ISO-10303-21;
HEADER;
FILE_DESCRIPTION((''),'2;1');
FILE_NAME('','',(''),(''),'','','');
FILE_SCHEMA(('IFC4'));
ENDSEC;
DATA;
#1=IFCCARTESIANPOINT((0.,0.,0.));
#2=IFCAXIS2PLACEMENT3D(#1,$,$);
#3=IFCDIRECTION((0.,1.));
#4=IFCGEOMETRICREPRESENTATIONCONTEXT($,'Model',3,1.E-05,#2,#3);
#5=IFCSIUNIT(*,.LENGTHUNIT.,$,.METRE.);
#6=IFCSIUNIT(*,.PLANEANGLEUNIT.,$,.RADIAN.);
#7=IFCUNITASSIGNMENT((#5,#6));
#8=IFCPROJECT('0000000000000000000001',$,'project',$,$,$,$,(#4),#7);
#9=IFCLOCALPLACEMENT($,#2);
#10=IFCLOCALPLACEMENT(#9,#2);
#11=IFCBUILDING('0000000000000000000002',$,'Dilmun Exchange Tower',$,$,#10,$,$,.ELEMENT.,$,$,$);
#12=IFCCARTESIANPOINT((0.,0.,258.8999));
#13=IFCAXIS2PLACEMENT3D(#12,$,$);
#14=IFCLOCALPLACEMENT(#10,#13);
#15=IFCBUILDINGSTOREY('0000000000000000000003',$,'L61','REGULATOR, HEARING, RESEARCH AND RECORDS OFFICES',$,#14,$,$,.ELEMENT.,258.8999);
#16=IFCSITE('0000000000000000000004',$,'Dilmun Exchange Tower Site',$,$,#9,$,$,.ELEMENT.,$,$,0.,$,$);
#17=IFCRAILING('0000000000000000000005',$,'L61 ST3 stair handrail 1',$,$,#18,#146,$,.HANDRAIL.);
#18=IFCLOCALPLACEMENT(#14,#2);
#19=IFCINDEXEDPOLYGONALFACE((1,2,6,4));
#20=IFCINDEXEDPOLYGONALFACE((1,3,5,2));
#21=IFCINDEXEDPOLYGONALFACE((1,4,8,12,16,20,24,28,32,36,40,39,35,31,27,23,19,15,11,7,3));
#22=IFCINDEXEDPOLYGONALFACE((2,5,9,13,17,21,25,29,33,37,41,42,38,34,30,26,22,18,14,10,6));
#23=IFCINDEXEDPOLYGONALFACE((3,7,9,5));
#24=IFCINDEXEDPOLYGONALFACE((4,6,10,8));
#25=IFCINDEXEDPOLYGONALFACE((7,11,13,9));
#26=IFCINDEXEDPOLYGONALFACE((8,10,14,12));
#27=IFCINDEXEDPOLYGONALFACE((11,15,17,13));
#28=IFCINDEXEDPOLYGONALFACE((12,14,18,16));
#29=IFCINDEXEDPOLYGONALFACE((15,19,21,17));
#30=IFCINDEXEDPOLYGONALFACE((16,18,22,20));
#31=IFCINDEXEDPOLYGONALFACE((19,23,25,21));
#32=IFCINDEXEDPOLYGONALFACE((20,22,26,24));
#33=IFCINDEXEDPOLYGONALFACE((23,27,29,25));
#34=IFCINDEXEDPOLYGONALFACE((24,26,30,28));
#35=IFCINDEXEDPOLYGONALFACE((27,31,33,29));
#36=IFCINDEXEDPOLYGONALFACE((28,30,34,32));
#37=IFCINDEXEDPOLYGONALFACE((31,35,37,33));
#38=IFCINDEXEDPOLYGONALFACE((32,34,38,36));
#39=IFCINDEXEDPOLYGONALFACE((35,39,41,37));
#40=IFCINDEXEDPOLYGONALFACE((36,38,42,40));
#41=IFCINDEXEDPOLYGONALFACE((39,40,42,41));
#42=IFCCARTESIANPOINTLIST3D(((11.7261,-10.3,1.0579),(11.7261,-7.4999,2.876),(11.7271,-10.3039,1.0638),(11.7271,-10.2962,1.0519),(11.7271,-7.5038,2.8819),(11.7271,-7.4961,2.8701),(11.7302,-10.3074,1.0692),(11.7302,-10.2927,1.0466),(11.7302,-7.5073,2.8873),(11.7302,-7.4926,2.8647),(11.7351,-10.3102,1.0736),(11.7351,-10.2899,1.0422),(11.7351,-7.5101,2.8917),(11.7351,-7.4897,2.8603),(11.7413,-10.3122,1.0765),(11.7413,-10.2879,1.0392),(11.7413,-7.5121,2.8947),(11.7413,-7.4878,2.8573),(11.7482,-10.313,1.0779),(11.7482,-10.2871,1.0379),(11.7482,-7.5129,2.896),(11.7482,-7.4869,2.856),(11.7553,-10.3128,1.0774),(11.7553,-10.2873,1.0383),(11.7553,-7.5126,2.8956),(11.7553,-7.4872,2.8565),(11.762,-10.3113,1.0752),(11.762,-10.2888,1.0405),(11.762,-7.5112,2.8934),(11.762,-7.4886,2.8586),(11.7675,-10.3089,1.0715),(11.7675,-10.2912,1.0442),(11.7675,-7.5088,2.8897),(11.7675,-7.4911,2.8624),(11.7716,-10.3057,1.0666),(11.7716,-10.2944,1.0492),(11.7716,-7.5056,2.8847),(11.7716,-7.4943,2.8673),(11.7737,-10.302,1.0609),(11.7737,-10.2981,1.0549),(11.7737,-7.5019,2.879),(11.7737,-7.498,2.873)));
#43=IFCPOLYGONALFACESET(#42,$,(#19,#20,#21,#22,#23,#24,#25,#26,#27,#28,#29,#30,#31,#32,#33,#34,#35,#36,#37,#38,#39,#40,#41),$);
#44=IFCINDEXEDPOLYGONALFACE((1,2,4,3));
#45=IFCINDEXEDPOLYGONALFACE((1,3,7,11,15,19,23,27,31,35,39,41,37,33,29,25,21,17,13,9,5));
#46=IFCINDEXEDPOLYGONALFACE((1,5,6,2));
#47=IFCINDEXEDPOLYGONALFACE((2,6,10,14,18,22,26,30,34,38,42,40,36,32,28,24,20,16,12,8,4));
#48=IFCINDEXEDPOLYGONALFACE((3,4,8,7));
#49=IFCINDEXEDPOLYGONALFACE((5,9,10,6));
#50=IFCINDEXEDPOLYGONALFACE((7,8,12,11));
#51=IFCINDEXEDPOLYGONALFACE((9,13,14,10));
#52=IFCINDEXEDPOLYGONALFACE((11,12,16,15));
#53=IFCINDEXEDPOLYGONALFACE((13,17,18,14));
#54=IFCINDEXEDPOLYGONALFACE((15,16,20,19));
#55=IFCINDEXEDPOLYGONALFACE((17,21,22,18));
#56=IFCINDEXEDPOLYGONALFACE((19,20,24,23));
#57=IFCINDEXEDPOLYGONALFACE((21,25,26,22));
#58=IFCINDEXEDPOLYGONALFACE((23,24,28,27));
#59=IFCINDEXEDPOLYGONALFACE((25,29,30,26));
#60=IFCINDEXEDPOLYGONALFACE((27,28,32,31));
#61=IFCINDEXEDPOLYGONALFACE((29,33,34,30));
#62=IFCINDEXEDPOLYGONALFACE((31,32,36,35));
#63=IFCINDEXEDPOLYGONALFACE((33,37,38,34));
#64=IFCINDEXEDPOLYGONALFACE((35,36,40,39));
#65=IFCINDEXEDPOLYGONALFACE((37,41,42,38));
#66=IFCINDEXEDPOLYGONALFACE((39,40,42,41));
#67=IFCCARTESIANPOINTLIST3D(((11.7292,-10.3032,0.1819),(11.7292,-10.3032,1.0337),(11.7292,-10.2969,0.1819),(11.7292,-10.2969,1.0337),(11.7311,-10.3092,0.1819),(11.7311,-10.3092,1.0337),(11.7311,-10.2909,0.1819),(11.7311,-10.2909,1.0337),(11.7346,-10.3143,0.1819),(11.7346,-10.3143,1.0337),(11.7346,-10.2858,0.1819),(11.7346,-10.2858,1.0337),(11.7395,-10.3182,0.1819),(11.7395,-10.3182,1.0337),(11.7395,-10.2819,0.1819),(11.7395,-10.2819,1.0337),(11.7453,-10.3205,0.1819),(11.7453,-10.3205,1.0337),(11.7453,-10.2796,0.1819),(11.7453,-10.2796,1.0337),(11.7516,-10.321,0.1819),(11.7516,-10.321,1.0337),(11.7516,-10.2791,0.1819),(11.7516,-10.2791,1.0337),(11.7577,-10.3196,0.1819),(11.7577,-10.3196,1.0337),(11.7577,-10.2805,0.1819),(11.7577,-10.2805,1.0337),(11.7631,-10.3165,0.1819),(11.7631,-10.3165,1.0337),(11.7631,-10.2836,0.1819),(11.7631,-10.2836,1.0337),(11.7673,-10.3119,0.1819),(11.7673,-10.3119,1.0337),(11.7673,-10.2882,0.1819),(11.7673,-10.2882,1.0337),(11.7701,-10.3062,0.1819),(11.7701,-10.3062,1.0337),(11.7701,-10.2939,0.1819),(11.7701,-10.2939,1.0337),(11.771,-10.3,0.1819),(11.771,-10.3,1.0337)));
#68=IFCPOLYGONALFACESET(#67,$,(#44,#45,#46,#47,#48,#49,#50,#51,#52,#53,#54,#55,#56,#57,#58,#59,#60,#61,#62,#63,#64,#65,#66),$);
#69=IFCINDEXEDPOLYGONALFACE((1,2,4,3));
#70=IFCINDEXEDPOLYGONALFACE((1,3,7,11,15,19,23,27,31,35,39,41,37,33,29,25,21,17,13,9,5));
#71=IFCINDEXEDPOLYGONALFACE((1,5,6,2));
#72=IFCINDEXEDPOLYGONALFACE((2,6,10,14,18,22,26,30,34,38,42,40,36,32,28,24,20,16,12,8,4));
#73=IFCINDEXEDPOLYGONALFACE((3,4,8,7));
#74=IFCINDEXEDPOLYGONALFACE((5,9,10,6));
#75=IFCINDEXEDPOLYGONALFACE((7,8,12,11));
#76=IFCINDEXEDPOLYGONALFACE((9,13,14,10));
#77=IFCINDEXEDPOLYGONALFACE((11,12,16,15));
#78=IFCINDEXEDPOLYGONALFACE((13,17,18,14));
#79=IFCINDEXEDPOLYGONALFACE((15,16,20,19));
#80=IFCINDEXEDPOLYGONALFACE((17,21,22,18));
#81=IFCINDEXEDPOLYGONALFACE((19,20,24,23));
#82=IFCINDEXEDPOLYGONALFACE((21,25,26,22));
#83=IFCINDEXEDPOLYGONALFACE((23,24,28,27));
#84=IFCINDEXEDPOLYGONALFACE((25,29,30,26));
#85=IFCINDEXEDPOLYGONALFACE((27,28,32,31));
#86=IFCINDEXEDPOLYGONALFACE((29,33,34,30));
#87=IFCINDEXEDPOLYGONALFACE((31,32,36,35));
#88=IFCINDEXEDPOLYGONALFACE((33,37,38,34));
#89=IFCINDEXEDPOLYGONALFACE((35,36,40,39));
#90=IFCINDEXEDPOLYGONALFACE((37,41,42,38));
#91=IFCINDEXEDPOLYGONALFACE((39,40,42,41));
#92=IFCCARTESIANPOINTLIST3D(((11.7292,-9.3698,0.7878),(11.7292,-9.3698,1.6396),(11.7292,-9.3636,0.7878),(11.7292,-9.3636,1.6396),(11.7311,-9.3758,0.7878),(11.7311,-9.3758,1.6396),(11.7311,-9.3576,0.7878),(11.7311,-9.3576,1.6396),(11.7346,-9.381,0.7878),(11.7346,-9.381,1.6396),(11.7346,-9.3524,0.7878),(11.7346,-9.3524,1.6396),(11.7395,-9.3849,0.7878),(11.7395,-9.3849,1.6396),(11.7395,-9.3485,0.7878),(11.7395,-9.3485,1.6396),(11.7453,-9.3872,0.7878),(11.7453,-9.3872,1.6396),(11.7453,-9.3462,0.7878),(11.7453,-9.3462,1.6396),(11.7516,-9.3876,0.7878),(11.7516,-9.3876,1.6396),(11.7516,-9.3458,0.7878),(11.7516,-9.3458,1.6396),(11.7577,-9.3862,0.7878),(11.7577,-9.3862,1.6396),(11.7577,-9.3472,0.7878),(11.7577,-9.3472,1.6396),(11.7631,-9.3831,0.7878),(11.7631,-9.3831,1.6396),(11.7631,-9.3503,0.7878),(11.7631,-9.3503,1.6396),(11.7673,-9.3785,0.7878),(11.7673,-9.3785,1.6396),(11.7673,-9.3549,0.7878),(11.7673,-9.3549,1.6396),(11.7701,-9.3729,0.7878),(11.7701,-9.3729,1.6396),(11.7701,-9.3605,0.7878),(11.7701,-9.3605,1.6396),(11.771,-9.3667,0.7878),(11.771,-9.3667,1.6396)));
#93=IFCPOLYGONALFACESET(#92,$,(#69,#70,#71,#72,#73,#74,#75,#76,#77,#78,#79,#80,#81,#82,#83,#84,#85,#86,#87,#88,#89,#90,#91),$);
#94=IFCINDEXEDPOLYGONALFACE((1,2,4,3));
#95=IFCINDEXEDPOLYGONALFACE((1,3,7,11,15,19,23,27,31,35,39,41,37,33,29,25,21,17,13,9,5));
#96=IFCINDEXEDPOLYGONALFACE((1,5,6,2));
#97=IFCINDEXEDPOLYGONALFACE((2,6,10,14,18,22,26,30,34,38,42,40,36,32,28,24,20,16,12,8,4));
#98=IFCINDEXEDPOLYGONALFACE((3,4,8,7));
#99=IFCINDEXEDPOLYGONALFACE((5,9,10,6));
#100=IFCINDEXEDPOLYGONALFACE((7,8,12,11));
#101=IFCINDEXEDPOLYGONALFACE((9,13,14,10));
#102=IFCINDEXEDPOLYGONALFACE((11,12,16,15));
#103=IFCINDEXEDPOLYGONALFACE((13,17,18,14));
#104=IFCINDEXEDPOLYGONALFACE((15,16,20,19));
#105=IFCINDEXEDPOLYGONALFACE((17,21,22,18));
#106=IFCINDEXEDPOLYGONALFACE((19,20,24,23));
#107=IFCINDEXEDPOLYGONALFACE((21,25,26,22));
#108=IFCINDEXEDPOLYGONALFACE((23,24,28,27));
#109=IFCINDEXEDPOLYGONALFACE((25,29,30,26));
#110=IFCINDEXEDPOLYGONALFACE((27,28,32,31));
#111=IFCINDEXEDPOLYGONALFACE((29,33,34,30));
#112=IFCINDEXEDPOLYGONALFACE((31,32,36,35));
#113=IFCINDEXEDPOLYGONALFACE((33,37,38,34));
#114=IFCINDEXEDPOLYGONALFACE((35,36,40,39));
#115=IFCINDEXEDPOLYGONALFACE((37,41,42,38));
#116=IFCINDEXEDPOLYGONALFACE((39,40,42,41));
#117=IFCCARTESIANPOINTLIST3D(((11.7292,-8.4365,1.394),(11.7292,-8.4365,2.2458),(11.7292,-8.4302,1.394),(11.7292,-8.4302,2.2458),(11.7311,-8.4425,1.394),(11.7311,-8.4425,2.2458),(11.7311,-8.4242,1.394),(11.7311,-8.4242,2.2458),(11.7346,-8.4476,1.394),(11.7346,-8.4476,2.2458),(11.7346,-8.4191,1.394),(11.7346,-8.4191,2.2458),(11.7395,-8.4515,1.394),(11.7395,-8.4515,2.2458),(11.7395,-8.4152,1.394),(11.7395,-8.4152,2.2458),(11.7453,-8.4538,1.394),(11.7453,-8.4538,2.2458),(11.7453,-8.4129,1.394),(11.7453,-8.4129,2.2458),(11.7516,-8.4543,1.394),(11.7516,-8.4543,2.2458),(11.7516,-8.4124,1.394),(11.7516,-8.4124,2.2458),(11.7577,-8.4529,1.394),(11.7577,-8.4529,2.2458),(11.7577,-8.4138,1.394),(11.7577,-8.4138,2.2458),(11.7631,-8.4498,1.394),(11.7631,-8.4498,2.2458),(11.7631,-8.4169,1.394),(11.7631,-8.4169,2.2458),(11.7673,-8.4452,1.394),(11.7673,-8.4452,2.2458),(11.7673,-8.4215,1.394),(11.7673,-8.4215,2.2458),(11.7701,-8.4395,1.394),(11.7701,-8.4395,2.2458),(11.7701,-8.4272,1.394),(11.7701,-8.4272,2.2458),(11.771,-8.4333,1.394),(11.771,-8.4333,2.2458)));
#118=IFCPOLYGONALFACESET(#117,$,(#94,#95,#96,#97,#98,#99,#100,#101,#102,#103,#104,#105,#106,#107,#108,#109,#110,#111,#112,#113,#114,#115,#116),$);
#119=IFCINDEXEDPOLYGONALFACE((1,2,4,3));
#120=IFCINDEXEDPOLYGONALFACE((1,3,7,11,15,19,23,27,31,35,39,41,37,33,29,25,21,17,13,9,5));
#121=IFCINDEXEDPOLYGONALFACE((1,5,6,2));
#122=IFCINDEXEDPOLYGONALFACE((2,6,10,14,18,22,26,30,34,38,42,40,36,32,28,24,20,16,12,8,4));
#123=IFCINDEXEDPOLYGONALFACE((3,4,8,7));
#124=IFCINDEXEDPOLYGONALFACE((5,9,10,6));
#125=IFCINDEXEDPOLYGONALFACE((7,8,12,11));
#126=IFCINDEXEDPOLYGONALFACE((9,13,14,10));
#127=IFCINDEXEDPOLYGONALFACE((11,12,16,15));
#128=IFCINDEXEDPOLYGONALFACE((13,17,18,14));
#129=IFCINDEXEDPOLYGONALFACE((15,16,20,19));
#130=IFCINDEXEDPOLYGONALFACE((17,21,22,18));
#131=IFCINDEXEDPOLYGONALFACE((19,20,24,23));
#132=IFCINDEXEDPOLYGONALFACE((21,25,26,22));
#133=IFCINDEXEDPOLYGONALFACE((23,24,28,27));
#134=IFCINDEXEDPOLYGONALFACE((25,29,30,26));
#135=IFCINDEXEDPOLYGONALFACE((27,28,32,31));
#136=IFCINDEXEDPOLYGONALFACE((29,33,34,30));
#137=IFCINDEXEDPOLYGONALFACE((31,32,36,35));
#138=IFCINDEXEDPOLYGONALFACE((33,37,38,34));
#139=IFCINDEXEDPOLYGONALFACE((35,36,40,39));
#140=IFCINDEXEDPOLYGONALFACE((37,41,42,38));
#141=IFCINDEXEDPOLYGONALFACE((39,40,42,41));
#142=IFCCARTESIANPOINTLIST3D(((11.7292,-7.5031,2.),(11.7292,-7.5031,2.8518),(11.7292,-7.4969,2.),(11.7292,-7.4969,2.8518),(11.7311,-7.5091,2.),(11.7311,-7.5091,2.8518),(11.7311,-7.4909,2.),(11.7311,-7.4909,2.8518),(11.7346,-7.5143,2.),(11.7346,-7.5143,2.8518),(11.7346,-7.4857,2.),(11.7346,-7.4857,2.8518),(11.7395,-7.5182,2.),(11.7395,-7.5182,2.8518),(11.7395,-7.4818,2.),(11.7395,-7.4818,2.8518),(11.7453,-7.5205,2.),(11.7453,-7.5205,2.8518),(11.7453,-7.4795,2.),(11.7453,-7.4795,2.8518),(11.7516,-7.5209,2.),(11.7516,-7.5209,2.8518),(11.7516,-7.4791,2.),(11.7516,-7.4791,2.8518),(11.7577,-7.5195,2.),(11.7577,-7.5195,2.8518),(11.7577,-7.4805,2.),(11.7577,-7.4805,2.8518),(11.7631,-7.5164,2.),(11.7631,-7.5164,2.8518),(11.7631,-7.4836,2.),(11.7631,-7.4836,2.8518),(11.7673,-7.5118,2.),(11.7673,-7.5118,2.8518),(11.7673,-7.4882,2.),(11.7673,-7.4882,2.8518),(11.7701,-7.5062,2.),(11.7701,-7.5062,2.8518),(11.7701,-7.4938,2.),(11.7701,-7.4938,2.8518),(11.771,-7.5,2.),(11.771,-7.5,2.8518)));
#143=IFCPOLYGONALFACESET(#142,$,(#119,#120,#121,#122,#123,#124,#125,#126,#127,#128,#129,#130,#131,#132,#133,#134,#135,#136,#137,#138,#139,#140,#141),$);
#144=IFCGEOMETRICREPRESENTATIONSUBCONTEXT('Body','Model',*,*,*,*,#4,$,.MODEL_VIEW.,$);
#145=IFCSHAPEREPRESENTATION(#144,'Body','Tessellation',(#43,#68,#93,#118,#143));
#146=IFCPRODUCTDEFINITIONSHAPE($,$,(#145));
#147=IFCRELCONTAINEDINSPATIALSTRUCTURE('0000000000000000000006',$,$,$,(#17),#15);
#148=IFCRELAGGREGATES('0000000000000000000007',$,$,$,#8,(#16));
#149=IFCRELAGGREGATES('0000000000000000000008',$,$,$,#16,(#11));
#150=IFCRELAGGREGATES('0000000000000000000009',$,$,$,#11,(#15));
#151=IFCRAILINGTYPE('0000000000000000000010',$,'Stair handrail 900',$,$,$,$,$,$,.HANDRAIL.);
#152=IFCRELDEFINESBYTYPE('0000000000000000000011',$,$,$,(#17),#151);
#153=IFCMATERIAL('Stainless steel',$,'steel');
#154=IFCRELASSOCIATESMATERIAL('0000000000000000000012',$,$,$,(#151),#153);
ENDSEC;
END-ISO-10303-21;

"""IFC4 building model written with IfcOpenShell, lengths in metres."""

from ifc_helpers import new_model, si_unit, direction, frame, origin, origin_2d, place, context, subcontext, project, spatial, circle, extrude, material, type_object, element, save


model = new_model("IFC4")

# Units and contexts
model_context = context("Model", 3, precision=1e-05, world=origin(), true_north=direction((0.0, 1.0)))
body_context = subcontext(model_context, "Body", "Model", "MODEL_VIEW")
ifc_project = project(units=[si_unit("LENGTHUNIT", "METRE"), si_unit("PLANEANGLEUNIT", "RADIAN")], contexts=[model_context])

# Site, building, storey
site_placement = place(None, origin())
site = spatial("IfcSite", under=ifc_project, at=site_placement, Name="Dilmun Exchange Tower Site", CompositionType="ELEMENT", RefElevation=0.0)
building_placement = place(site_placement, origin())
building = spatial("IfcBuilding", under=site, at=building_placement, Name="Dilmun Exchange Tower", CompositionType="ELEMENT")
storey_placement = place(building_placement, frame((0.0, 0.0, 258.8999)))
storey = spatial("IfcBuildingStorey", under=building, at=storey_placement, Name="L61", Description="REGULATOR, HEARING, RESEARCH AND RECORDS OFFICES", CompositionType="ELEMENT", Elevation=258.8999)

# Railing
ifc_material_1 = material(Name="Stainless steel", Category="steel")
railing_type = type_object("IfcRailingType", Name="Stair handrail 900", PredefinedType="HANDRAIL", material=ifc_material_1)
railing_1_placement = place(storey_placement, frame((11.75, -10.3, 0.1819)))
element("IfcRailing", 1, at=railing_1_placement, inside=storey, type_object=railing_type, Name="L61 ST3 stair handrail 1", PredefinedType="HANDRAIL", context=body_context, shape_type="SweptSolid", body=[
    extrude(circle(Radius=0.0239, at=origin_2d()), frame((0.0, 0.0, 0.876), z_axis=(0.0, 0.838706, 0.544585), x_axis=(-1.0, 0.0, 0.0)), (0.0, 0.0, 1.0), 3.3386),
    extrude(circle(Radius=0.021, at=origin_2d()), origin(), (0.0, 0.0, 1.0), 0.8518),
    extrude(circle(Radius=0.021, at=origin_2d()), frame((0.0, 0.9333, 0.606)), (0.0, 0.0, 1.0), 0.8518),
    extrude(circle(Radius=0.021, at=origin_2d()), frame((0.0, 1.8667, 1.2122)), (0.0, 0.0, 1.0), 0.8518),
    extrude(circle(Radius=0.021, at=origin_2d()), frame((0.0, 2.8, 1.8181)), (0.0, 0.0, 1.0), 0.8518),
])

save(model, "model.ifc")
